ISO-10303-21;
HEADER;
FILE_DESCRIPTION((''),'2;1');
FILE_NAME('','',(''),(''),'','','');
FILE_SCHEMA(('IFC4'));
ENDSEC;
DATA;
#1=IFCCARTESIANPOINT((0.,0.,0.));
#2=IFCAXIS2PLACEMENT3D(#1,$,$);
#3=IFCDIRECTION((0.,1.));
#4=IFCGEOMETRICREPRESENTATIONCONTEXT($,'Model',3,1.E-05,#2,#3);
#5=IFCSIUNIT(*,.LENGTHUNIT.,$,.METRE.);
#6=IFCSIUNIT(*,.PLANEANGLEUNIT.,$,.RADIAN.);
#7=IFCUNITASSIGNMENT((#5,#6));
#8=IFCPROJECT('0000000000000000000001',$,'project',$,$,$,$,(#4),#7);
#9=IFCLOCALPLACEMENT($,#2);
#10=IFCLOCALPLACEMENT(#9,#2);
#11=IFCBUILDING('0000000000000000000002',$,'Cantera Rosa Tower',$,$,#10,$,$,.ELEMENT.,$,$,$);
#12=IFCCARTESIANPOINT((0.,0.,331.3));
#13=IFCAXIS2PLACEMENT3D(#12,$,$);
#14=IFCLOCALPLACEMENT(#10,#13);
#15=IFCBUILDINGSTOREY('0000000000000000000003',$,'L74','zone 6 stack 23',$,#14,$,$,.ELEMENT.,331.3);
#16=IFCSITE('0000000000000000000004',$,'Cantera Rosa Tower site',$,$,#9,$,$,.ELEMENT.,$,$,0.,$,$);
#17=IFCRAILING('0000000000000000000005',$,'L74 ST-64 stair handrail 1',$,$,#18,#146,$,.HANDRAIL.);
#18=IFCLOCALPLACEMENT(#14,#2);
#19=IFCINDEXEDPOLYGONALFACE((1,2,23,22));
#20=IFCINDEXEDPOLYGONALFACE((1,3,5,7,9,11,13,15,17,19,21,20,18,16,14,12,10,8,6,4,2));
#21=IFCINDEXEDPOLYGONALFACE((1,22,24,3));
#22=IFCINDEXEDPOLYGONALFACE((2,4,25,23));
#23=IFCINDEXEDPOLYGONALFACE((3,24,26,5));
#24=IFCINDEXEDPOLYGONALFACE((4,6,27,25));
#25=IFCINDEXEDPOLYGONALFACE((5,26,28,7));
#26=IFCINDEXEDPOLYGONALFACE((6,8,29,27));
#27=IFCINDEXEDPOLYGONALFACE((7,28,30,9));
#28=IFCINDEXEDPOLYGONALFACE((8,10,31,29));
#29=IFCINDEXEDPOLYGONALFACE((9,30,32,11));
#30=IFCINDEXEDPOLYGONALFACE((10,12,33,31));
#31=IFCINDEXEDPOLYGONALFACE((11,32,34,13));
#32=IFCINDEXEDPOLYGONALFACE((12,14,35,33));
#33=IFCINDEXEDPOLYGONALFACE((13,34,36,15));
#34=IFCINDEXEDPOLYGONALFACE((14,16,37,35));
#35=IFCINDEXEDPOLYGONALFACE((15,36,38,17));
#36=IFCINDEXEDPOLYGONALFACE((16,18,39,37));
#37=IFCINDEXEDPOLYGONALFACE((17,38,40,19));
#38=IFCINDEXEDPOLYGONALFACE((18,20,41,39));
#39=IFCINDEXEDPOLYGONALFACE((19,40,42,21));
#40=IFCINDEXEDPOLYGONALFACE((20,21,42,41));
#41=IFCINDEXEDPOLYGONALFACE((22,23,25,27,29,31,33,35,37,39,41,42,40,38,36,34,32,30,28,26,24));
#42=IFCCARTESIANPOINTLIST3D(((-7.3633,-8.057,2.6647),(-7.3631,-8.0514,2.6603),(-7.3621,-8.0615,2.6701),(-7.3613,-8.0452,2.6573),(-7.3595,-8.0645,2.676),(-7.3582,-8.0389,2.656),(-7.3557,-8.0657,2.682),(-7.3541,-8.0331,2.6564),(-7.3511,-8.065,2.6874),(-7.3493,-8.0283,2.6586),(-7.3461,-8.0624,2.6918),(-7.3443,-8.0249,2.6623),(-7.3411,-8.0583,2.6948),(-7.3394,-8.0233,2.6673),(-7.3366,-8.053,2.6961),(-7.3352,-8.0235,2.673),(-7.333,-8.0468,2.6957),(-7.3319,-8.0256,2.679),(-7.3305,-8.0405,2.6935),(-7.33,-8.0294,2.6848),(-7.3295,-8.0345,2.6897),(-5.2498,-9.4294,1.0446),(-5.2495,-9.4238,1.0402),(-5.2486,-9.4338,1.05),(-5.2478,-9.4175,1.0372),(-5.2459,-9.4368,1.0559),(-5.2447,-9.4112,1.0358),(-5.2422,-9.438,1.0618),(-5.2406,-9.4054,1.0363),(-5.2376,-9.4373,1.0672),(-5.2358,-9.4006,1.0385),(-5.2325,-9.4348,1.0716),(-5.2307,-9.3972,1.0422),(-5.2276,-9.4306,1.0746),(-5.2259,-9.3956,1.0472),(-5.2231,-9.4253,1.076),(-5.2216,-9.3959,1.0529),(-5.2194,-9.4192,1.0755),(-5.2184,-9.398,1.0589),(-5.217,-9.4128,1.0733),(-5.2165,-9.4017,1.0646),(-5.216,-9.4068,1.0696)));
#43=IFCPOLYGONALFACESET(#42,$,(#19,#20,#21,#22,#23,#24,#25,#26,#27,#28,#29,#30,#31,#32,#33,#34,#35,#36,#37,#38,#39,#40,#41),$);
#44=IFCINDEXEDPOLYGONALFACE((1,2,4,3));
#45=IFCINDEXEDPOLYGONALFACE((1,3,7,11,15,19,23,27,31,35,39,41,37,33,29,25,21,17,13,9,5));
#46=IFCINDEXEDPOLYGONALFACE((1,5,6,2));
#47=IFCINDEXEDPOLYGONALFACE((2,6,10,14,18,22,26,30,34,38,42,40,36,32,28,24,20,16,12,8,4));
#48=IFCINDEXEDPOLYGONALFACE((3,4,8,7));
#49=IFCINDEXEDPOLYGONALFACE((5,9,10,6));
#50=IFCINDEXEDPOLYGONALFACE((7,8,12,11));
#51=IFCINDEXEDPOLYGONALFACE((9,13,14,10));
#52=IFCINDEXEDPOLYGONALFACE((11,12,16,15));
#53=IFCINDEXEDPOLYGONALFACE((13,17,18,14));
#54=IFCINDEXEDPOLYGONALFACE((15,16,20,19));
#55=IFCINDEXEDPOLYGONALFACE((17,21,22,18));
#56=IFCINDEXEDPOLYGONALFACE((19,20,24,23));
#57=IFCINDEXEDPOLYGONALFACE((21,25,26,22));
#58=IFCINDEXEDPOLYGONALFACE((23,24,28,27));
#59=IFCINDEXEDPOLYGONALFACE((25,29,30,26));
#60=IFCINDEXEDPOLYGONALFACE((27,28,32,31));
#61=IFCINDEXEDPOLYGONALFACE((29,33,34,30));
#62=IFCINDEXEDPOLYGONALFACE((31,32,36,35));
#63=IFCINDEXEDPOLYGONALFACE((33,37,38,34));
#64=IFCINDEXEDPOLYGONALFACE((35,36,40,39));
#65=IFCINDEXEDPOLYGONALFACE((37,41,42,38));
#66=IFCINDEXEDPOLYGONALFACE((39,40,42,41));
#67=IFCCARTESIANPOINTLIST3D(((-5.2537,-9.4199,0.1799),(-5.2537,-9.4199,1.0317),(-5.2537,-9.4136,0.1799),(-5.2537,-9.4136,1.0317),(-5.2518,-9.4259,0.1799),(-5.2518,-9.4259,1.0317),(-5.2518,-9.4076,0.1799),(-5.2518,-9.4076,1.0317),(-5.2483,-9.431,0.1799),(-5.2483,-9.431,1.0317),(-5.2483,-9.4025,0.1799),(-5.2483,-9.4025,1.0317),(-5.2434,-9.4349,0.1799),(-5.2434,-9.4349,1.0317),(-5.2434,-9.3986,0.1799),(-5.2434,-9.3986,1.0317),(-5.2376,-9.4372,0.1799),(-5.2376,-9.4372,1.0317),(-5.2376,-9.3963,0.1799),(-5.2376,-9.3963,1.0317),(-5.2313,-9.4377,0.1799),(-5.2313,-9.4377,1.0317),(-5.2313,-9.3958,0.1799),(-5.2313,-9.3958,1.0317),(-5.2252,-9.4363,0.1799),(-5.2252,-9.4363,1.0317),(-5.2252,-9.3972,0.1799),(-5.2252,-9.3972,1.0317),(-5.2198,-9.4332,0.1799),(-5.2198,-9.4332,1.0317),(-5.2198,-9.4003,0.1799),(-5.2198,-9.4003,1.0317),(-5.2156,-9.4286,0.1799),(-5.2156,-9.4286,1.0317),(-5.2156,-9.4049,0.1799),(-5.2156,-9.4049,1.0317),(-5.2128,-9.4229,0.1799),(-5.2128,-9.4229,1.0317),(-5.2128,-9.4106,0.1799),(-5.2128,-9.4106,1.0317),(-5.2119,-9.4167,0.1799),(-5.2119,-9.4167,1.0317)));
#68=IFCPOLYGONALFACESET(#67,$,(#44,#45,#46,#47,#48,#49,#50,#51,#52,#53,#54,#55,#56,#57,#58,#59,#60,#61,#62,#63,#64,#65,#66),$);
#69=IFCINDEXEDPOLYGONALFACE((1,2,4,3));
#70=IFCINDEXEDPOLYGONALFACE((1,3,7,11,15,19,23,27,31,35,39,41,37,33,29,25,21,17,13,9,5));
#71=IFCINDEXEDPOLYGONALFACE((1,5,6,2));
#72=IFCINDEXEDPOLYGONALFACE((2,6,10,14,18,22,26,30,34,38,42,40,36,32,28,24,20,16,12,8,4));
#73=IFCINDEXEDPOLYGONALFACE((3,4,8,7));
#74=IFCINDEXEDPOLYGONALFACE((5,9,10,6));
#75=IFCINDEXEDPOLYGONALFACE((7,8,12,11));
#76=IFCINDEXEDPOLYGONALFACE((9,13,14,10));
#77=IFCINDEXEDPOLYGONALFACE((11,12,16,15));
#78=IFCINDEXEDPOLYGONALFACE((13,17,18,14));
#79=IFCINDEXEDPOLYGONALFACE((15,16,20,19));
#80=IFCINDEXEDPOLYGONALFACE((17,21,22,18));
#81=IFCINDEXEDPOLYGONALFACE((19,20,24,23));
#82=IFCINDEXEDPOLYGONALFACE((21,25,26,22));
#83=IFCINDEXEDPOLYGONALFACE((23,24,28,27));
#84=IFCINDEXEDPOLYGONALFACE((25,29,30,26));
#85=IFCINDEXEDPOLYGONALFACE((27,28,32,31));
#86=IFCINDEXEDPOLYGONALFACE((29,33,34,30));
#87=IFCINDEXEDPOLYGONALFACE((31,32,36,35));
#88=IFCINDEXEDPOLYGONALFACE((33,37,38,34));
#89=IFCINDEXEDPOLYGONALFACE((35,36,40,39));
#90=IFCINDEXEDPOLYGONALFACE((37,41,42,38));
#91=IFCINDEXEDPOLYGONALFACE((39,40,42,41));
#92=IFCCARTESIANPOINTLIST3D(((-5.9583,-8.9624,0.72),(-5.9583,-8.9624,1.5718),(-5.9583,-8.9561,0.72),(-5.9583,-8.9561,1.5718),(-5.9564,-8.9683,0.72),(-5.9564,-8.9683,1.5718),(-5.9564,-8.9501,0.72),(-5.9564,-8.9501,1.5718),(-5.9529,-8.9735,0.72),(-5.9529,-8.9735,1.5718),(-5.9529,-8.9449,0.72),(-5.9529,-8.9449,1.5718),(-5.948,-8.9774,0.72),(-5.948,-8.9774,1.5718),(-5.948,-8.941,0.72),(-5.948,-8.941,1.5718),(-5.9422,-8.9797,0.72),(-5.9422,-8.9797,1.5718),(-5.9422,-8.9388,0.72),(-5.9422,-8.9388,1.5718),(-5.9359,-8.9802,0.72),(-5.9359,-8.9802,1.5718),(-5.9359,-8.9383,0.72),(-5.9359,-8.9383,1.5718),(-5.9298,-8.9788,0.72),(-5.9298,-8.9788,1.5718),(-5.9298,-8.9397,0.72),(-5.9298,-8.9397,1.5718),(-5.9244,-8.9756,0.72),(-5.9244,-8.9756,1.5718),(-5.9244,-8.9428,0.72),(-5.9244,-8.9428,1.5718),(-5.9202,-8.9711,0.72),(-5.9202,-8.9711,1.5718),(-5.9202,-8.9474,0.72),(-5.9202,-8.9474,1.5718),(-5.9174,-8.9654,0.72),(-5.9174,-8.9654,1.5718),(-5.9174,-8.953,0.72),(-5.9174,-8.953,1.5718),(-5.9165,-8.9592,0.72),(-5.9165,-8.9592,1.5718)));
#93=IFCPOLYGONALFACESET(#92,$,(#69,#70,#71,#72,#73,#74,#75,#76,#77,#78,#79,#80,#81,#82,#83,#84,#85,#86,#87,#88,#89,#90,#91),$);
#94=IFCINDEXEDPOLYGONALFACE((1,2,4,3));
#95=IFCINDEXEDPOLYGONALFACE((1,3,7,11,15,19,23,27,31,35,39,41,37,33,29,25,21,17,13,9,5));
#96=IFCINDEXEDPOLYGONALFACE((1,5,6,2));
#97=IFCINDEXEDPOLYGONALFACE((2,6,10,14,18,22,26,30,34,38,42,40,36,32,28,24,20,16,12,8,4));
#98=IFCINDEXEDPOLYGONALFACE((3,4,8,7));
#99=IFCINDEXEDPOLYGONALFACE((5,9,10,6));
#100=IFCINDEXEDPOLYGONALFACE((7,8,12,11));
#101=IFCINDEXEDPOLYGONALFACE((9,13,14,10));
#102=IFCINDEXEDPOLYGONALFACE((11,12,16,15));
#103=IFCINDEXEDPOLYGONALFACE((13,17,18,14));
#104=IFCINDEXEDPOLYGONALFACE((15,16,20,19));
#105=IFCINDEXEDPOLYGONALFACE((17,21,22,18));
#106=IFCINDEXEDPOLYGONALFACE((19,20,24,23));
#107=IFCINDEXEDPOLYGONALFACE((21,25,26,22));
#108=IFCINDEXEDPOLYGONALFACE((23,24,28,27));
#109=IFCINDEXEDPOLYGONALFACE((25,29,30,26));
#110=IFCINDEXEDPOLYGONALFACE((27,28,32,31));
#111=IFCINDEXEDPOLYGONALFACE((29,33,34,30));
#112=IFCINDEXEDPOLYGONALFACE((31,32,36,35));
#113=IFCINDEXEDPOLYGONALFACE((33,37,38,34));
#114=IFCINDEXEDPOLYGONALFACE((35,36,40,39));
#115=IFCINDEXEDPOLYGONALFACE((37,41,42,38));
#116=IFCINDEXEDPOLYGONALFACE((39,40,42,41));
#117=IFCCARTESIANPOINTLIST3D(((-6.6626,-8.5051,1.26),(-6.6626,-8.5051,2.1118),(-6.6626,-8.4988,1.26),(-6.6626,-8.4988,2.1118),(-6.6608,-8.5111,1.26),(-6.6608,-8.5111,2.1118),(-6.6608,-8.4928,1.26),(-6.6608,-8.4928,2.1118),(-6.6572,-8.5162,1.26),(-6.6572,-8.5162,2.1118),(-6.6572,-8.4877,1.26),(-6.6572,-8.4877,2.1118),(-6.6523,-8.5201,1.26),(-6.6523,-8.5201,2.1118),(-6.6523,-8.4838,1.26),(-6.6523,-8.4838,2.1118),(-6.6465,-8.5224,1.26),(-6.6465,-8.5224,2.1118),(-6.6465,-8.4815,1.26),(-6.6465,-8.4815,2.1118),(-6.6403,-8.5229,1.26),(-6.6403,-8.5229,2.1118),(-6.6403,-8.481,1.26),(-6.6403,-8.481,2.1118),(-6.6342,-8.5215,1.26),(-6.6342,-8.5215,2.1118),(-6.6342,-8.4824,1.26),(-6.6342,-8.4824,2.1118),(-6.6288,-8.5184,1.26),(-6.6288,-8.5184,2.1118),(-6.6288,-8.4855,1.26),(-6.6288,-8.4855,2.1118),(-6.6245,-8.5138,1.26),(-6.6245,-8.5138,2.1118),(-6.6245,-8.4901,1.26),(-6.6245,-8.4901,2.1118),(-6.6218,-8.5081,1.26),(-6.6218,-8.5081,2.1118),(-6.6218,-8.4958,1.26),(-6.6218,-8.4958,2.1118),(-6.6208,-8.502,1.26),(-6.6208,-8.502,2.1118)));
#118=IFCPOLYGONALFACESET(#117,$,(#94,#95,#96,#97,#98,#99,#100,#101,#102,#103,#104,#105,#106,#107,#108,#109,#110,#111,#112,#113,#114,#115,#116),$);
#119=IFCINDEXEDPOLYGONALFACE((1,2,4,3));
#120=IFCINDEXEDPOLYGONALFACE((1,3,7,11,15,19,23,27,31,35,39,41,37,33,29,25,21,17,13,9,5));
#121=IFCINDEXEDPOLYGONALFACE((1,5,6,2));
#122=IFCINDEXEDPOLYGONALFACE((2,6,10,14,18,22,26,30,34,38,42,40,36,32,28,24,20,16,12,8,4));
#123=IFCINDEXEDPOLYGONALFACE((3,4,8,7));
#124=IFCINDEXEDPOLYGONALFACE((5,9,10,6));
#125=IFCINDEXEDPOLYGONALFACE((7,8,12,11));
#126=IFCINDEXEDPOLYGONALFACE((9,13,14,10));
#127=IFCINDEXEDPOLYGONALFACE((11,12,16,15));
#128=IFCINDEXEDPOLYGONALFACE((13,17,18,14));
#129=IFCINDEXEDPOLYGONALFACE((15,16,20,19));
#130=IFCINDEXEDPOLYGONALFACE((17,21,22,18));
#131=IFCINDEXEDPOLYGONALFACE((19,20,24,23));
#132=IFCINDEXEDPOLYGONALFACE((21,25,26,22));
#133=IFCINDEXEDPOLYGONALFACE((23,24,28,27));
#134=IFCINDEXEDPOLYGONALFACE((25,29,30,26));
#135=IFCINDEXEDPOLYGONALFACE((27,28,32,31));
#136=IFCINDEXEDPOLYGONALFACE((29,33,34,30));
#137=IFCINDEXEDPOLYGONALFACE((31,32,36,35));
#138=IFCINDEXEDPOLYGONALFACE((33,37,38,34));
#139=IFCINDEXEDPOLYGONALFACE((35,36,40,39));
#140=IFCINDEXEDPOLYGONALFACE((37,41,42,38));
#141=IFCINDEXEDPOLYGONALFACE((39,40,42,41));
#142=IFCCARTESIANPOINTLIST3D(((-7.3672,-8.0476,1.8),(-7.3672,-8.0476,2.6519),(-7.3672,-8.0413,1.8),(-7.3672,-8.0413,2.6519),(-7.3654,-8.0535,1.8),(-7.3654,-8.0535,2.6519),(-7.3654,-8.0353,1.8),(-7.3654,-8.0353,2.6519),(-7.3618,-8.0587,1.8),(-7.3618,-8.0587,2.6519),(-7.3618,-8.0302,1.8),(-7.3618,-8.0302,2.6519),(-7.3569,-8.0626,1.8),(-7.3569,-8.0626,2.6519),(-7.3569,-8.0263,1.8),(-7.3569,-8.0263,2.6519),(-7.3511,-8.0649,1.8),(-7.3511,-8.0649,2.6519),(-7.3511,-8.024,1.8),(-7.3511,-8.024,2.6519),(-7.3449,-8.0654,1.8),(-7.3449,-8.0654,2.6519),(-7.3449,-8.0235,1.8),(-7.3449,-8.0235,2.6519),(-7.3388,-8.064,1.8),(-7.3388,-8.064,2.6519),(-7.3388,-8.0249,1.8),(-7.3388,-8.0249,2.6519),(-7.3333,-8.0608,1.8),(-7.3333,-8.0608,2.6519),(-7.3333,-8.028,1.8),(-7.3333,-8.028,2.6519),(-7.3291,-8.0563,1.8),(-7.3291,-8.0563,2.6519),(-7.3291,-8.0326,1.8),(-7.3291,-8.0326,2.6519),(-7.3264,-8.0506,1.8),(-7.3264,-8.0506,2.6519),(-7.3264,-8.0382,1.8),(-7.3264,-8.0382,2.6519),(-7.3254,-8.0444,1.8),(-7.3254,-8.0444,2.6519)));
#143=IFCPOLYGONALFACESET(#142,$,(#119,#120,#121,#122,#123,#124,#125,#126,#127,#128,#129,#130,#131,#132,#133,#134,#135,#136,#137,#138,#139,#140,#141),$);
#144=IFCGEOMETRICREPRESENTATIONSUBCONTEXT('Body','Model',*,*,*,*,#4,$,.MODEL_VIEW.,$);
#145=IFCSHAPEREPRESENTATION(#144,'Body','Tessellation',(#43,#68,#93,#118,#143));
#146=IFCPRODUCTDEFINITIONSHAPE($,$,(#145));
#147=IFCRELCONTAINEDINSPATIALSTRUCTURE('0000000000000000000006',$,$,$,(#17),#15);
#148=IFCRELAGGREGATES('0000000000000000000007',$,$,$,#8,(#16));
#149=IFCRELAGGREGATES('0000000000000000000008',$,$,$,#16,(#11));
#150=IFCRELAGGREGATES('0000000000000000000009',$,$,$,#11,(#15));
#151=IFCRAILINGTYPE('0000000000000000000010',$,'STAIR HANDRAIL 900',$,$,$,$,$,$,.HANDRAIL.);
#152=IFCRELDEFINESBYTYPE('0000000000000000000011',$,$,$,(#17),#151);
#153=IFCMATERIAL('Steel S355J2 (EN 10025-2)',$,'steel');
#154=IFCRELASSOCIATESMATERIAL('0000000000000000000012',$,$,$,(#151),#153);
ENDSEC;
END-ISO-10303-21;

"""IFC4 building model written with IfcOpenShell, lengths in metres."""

from ifc_helpers import new_model, si_unit, direction, frame, origin, origin_2d, place, context, subcontext, project, spatial, circle, extrude, material, type_object, element, save


model = new_model("IFC4")

# Units and contexts
model_context = context("Model", 3, precision=1e-05, world=origin(), true_north=direction((0.0, 1.0)))
body_context = subcontext(model_context, "Body", "Model", "MODEL_VIEW")
ifc_project = project(units=[si_unit("LENGTHUNIT", "METRE"), si_unit("PLANEANGLEUNIT", "RADIAN")], contexts=[model_context])

# Site, building, storey
site_placement = place(None, origin())
site = spatial("IfcSite", under=ifc_project, at=site_placement, Name="Cantera Rosa Tower site", CompositionType="ELEMENT", RefElevation=0.0)
building_placement = place(site_placement, origin())
building = spatial("IfcBuilding", under=site, at=building_placement, Name="Cantera Rosa Tower", CompositionType="ELEMENT")
storey_placement = place(building_placement, frame((0.0, 0.0, 331.3)))
storey = spatial("IfcBuildingStorey", under=building, at=storey_placement, Name="L74", Description="zone 6 stack 23", CompositionType="ELEMENT", Elevation=331.3)

# Railing
ifc_material_1 = material(Name="Steel S355J2 (EN 10025-2)", Category="steel")
railing_type_1 = type_object("IfcRailingType", Name="STAIR HANDRAIL 900", PredefinedType="HANDRAIL", material=ifc_material_1)
railing_1_placement = place(storey_placement, frame((-5.2329, -9.4167, 0.1799)))
element("IfcRailing", 1, at=railing_1_placement, inside=storey, type_object=railing_type_1, Name="L74 ST-64 stair handrail 1", PredefinedType="HANDRAIL", context=body_context, shape_type="SweptSolid", body=[
    extrude(circle(Radius=0.0239, at=origin_2d()), frame((0.0, 0.0, 0.876), z_axis=(-0.705488, 0.458074, 0.54079), x_axis=(-0.544576, -0.838711, 0.0)), (0.0, 0.0, 1.0), 2.9958),
    extrude(circle(Radius=0.021, at=origin_2d()), origin(), (0.0, 0.0, 1.0), 0.8518),
    extrude(circle(Radius=0.021, at=origin_2d()), frame((-0.7046, 0.4575, 0.54)), (0.0, 0.0, 1.0), 0.8518),
    extrude(circle(Radius=0.021, at=origin_2d()), frame((-1.4089, 0.9148, 1.0801)), (0.0, 0.0, 1.0), 0.8518),
    extrude(circle(Radius=0.021, at=origin_2d()), frame((-2.1135, 1.3723, 1.6201)), (0.0, 0.0, 1.0), 0.8518),
])

save(model, "model.ifc")
